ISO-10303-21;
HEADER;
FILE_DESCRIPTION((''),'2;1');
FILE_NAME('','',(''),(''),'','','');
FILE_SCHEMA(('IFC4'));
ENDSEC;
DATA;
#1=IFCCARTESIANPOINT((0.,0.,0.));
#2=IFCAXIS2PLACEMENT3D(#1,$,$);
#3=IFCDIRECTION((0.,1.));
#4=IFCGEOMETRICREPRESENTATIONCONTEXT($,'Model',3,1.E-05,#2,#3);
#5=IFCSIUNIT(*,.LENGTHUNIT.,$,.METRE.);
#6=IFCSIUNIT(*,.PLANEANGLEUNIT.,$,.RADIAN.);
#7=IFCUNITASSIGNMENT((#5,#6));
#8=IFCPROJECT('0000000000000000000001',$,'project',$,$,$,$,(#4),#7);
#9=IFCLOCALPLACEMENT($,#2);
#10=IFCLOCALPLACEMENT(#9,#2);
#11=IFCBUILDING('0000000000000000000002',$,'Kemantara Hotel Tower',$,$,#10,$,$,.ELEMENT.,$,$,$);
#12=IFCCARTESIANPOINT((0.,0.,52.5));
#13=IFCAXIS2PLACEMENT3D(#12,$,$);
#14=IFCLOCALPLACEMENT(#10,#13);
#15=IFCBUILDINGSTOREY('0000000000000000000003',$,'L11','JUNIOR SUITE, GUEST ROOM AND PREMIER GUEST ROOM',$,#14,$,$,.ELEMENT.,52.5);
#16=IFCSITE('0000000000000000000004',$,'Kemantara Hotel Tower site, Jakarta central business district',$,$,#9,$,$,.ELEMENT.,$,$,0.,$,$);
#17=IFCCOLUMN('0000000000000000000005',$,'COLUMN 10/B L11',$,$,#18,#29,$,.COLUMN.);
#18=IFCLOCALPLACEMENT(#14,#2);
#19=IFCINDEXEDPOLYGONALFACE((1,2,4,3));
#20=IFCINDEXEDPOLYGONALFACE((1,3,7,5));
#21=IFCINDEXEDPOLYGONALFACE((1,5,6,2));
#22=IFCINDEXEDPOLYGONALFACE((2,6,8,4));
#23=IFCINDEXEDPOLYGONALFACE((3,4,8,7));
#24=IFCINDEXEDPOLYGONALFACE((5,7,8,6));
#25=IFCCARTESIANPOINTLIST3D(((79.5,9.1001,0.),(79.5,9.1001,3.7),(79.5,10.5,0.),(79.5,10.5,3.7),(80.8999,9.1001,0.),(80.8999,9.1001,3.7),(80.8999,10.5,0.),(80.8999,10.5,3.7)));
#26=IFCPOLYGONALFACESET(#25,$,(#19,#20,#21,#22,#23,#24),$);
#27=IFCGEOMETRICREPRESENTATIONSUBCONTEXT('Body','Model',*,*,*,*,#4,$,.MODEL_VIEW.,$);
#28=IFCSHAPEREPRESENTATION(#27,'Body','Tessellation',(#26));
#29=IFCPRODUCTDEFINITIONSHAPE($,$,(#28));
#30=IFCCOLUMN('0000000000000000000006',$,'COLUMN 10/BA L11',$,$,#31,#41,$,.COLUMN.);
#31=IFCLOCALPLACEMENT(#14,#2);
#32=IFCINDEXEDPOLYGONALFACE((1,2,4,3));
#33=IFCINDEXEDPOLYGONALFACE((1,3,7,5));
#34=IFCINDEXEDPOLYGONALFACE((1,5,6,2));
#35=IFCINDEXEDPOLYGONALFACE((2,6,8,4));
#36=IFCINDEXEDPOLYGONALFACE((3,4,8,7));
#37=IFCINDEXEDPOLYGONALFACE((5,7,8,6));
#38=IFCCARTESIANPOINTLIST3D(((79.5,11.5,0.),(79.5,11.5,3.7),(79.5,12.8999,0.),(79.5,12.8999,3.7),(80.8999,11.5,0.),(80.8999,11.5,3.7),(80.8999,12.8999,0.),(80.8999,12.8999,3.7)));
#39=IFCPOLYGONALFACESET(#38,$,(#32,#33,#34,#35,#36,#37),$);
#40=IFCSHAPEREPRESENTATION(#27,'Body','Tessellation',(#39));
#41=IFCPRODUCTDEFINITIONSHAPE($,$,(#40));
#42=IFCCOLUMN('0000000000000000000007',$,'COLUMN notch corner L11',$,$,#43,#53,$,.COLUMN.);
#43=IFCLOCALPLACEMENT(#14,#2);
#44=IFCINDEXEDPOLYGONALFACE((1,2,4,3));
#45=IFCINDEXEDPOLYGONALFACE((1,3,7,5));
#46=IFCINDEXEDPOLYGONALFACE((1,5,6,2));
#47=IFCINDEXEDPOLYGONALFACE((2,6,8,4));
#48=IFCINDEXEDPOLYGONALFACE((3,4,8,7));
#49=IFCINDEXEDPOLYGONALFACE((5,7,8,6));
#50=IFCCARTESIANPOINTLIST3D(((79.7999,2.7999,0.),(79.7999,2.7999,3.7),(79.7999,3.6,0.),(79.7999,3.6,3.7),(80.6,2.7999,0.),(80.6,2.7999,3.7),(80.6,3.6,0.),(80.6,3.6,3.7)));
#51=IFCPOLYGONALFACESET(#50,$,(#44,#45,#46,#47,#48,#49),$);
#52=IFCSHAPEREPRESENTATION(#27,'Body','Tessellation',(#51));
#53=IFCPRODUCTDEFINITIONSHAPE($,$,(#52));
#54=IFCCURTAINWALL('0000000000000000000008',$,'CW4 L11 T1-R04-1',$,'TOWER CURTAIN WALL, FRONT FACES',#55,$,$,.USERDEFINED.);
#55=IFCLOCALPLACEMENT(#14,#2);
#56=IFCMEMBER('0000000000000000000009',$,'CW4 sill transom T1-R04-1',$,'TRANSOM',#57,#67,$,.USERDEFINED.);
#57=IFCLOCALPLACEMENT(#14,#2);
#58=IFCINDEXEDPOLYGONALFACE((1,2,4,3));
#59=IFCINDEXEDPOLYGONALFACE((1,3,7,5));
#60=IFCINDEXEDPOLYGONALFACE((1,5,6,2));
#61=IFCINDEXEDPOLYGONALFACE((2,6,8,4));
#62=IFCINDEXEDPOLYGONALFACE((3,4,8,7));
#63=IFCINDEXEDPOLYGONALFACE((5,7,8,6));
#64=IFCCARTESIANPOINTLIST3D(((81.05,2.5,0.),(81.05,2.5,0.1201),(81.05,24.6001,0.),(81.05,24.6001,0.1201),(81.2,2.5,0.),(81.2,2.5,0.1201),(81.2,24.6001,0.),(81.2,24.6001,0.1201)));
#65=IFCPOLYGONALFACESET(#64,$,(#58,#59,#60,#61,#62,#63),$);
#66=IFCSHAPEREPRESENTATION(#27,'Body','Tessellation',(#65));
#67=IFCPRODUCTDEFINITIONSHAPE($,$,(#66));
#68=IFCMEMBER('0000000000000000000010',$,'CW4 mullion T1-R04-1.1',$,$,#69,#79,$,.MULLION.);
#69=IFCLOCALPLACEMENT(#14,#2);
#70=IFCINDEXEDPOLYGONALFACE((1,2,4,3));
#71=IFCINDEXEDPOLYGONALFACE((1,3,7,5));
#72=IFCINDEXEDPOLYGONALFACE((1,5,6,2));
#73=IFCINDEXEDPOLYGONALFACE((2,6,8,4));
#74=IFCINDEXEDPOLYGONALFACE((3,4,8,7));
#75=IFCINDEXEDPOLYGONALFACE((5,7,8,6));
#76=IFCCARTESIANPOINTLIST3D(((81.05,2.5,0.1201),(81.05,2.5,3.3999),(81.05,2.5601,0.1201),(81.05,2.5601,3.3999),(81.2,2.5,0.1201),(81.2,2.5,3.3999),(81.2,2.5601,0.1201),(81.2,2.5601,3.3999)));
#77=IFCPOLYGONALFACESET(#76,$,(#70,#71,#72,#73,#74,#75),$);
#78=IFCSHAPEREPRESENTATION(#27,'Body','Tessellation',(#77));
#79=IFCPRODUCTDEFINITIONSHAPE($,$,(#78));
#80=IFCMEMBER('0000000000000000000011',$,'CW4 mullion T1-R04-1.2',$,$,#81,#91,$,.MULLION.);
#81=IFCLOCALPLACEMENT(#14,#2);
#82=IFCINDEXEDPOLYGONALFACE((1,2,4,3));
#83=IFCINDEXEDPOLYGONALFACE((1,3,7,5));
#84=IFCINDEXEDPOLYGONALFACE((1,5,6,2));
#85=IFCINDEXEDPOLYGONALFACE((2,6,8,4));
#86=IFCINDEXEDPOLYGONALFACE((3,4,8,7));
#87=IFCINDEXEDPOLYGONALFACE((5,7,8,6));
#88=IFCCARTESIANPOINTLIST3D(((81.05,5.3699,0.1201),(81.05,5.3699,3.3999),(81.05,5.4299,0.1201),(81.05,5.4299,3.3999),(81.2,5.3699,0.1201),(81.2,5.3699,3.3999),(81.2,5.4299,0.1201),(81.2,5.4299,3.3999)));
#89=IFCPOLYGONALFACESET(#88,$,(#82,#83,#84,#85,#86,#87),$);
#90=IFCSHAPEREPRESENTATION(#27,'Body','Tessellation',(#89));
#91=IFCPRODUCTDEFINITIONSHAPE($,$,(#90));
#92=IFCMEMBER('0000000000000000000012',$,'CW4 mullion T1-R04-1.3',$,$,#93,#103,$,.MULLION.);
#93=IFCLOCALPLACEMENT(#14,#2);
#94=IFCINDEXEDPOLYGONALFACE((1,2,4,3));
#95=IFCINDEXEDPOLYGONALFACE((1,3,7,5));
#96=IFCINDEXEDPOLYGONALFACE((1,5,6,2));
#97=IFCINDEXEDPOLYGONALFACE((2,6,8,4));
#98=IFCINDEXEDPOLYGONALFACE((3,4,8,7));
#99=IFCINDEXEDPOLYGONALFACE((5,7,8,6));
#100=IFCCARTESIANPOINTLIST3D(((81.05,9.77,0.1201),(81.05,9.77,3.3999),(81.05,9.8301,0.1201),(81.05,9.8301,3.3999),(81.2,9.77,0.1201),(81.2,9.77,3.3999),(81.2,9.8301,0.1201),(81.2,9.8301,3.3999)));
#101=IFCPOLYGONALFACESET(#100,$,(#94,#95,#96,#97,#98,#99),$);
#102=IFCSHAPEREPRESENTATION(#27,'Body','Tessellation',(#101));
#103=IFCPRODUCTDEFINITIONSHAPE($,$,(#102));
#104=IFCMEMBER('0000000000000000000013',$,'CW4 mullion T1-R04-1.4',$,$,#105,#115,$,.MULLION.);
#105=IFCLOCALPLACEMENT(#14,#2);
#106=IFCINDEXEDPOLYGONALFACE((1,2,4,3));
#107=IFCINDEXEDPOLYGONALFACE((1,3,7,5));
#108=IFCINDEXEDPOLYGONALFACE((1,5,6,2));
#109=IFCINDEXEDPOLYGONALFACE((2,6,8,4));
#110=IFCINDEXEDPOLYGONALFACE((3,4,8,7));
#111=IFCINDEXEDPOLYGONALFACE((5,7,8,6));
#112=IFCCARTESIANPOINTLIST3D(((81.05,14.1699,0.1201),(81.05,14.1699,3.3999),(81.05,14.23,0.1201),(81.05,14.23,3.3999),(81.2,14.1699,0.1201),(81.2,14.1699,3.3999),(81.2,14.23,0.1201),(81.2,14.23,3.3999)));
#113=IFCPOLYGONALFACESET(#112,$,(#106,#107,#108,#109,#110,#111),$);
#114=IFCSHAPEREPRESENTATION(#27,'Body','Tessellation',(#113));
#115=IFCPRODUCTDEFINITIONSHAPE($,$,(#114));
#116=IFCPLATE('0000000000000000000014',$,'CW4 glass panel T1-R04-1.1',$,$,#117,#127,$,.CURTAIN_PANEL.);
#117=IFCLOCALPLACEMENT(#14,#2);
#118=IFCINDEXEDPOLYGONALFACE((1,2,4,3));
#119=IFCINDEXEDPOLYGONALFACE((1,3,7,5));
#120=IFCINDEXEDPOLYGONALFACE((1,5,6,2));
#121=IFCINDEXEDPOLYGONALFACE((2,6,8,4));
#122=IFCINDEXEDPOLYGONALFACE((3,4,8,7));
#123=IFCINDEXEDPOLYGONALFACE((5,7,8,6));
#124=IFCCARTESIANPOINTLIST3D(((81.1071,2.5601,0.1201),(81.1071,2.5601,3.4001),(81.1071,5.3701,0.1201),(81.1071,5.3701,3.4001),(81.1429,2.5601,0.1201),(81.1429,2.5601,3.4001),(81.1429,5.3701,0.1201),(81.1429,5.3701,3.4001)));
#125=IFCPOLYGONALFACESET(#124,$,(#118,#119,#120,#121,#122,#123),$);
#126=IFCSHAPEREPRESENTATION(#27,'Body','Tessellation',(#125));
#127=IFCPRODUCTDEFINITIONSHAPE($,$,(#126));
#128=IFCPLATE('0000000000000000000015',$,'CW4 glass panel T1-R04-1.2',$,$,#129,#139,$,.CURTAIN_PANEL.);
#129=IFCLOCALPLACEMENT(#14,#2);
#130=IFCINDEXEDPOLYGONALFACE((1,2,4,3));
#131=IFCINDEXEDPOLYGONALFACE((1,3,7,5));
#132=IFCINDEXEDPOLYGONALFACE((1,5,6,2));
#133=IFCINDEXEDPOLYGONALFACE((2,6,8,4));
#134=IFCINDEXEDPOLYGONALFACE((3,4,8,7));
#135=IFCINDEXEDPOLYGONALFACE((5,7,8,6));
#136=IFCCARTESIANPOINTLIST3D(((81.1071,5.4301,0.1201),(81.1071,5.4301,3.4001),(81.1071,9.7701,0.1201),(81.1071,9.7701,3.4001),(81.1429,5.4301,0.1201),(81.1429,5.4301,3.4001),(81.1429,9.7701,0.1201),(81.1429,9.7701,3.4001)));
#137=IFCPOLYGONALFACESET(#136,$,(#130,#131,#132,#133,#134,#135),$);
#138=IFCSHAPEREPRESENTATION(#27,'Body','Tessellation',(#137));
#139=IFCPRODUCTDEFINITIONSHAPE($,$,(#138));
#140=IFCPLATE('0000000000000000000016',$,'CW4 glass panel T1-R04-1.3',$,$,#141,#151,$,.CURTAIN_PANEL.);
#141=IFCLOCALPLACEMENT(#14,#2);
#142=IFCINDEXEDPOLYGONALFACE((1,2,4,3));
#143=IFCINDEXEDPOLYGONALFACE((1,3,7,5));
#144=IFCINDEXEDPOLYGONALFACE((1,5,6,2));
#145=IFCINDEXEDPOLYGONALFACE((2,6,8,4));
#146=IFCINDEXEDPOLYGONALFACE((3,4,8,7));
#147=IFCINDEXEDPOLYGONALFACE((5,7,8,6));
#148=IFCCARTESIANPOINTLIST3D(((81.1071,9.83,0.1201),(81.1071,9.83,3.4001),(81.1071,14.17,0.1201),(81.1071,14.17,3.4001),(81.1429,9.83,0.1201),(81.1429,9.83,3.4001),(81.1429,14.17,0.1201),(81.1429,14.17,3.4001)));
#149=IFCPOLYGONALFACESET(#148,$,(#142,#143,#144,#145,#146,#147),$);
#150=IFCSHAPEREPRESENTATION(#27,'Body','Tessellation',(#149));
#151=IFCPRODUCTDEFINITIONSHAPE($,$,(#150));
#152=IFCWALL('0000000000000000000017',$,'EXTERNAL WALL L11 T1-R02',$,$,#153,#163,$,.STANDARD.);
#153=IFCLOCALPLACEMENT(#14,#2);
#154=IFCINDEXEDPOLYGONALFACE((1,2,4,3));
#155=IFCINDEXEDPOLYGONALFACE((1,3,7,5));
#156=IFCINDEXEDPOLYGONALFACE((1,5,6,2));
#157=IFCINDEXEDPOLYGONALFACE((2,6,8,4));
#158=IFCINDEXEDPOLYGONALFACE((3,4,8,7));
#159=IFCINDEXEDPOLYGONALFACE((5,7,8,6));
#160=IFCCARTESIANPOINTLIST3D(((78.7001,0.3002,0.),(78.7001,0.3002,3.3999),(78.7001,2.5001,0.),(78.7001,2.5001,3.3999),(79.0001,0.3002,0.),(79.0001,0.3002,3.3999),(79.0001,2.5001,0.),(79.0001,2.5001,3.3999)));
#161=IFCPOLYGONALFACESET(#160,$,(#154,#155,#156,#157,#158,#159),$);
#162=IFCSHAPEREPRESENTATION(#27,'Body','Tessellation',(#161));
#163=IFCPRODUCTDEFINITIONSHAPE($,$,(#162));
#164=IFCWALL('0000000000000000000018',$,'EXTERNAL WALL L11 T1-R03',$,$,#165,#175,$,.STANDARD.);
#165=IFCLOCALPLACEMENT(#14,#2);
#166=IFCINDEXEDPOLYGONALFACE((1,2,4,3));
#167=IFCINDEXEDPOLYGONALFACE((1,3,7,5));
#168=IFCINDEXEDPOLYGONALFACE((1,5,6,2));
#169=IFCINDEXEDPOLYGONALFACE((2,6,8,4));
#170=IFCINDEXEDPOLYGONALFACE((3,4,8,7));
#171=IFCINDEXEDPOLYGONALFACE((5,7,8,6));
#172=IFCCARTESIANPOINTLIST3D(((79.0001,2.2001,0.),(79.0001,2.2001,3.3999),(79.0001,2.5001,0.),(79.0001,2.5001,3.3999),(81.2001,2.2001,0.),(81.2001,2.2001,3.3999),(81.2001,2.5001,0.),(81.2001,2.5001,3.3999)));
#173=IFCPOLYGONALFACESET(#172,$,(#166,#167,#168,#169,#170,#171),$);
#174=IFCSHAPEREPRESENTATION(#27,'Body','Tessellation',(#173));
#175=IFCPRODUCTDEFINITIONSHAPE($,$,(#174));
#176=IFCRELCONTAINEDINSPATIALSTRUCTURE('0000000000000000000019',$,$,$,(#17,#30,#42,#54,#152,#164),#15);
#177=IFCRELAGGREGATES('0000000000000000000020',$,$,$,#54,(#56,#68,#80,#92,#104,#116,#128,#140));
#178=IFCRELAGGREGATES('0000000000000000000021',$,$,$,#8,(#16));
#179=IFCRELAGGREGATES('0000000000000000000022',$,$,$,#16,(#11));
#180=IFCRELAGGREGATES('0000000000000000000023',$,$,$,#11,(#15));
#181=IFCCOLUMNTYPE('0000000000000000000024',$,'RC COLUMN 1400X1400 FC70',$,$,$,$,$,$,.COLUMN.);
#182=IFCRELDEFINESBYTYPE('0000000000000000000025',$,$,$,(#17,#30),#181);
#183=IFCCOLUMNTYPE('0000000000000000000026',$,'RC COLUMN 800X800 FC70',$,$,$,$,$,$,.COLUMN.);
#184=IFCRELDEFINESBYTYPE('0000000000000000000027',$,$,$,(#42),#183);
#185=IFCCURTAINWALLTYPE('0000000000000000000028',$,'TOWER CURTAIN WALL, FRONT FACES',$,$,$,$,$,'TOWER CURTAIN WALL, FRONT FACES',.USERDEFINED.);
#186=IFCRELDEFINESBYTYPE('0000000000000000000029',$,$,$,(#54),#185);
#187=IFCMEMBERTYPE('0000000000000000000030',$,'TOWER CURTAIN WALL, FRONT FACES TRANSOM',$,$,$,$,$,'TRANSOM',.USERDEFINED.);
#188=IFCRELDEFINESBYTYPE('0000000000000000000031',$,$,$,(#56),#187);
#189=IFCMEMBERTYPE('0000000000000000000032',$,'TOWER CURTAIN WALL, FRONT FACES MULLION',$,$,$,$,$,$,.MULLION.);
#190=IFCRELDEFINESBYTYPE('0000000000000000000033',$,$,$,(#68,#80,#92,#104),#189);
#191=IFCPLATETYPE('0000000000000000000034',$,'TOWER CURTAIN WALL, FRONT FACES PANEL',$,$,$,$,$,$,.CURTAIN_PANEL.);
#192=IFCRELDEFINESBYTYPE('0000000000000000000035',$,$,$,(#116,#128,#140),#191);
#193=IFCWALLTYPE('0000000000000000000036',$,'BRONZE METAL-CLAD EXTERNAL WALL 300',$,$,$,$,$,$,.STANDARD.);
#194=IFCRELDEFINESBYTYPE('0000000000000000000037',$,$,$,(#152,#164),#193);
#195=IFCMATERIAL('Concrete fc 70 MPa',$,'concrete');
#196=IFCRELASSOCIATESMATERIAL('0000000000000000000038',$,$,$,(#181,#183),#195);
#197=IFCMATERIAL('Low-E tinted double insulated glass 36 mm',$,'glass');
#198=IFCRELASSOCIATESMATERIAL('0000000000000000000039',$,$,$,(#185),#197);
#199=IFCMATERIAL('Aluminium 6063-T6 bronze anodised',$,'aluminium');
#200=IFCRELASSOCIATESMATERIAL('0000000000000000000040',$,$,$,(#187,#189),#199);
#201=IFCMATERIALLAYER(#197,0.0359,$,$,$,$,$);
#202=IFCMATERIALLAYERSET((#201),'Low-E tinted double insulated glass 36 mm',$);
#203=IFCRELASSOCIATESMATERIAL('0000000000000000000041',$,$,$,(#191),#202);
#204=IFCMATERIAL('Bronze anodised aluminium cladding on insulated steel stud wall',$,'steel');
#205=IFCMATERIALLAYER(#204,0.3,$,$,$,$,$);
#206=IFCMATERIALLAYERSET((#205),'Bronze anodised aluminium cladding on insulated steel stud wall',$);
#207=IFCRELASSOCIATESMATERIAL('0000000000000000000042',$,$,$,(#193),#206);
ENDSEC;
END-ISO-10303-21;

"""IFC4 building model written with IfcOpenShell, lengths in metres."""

from ifc_helpers import new_model, si_unit, direction, frame, frame_2d, origin, origin_2d, place, context, subcontext, project, spatial, rectangle, extrude, source, transform, mapped, material, layer, layer_set, material_profile, profile_set, type_object, element, aggregate, save


model = new_model("IFC4")

# Units and contexts
model_context = context("Model", 3, precision=1e-05, world=origin(), true_north=direction((0.0, 1.0)))
body_context = subcontext(model_context, "Body", "Model", "MODEL_VIEW")
ifc_project = project(units=[si_unit("LENGTHUNIT", "METRE"), si_unit("PLANEANGLEUNIT", "RADIAN")], contexts=[model_context])

# Site, building, storey
site_placement = place(None, origin())
site = spatial("IfcSite", under=ifc_project, at=site_placement, Name="Kemantara Hotel Tower site, Jakarta central business district", CompositionType="ELEMENT", RefElevation=0.0)
building_placement = place(site_placement, origin())
building = spatial("IfcBuilding", under=site, at=building_placement, Name="Kemantara Hotel Tower", CompositionType="ELEMENT")
storey_placement = place(building_placement, frame((0.0, 0.0, 52.5)))
storey = spatial("IfcBuildingStorey", under=building, at=storey_placement, Name="L11", Description="JUNIOR SUITE, GUEST ROOM AND PREMIER GUEST ROOM", CompositionType="ELEMENT", Elevation=52.5)

# Columns
ifc_material_1 = material(Name="Concrete fc 70 MPa", Category="concrete")
ifc_material_profile_1 = material_profile(ifc_material_1, rectangle(XDim=1.3999, YDim=1.3999, at=origin_2d()), Name="RC 1400X1400")
ifc_profile_set_1 = profile_set([ifc_material_profile_1], Name="Concrete fc 70 MPa")
column_type_1 = type_object("IfcColumnType", Name="RC COLUMN 1400X1400 FC70", PredefinedType="COLUMN", material=ifc_profile_set_1)
for number, where, z_axis, x_axis, name in (
    (1, (80.2, 9.8, 0.0), (0.0, 0.0, 1.0), (1.0, 0.0, 0.0), "COLUMN 10/B L11"),
    (2, (80.2, 12.2, 0.0), (0.0, 0.0, 1.0), (1.0, 0.0, 0.0), "COLUMN 10/BA L11"),
):
    element("IfcColumn", number, at=place(storey_placement, frame(where, z_axis=z_axis, x_axis=x_axis)), inside=storey, type_object=column_type_1, Name=name, PredefinedType="COLUMN", context=body_context, shape_type="SweptSolid", body=[
        extrude(rectangle(XDim=1.3999, YDim=1.3999, at=origin_2d()), origin(), (0.0, 0.0, 1.0), 3.7),
    ])
ifc_material_profile_2 = material_profile(ifc_material_1, rectangle(XDim=0.8, YDim=0.8, at=origin_2d()), Name="RC 800X800")
ifc_profile_set_2 = profile_set([ifc_material_profile_2], Name="Concrete fc 70 MPa")
column_type_2 = type_object("IfcColumnType", Name="RC COLUMN 800X800 FC70", PredefinedType="COLUMN", material=ifc_profile_set_2)
column_placement = place(storey_placement, frame((80.2, 3.2, 0.0), z_axis=(0.0, 0.0, 1.0), x_axis=(1.0, 0.0, 0.0)))
element("IfcColumn", 3, at=column_placement, inside=storey, type_object=column_type_2, Name="COLUMN notch corner L11", PredefinedType="COLUMN", context=body_context, shape_type="SweptSolid", body=[
    extrude(rectangle(XDim=0.8, YDim=0.8, at=origin_2d()), origin(), (0.0, 0.0, 1.0), 3.7),
])

# Curtain wall, members, plates
ifc_material_2 = material(Name="Low-E tinted double insulated glass 36 mm", Category="glass")
curtain_wall_type = type_object("IfcCurtainWallType", Name="TOWER CURTAIN WALL, FRONT FACES", ElementType="TOWER CURTAIN WALL, FRONT FACES", PredefinedType="USERDEFINED", material=ifc_material_2)
curtain_wall_placement = place(storey_placement, origin())
curtain_wall = element("IfcCurtainWall", 4, at=curtain_wall_placement, inside=storey, type_object=curtain_wall_type, Name="CW4 L11 T1-R04-1", ObjectType="TOWER CURTAIN WALL, FRONT FACES", PredefinedType="USERDEFINED")
ifc_material_3 = material(Name="Aluminium 6063-T6 bronze anodised", Category="aluminium")
ifc_material_profile_3 = material_profile(ifc_material_3, rectangle(XDim=0.1499, YDim=0.1201, at=origin_2d()), Name="TOWER CURTAIN WALL, FRONT FACES TRANSOM")
ifc_profile_set_3 = profile_set([ifc_material_profile_3], Name="Aluminium 6063-T6 bronze anodised")
member_type_1 = type_object("IfcMemberType", Name="TOWER CURTAIN WALL, FRONT FACES TRANSOM", ElementType="TRANSOM", PredefinedType="USERDEFINED", material=ifc_profile_set_3)
member_1_placement = place(storey_placement, frame((81.125, 2.5, 0.0601), z_axis=(0.0, 1.0, 0.0), x_axis=(-1.0, 0.0, 0.0)))
member_1 = element("IfcMember", 5, at=member_1_placement, type_object=member_type_1, Name="CW4 sill transom T1-R04-1", ObjectType="TRANSOM", PredefinedType="USERDEFINED", context=body_context, shape_type="SweptSolid", body=[
    extrude(rectangle(XDim=0.1499, YDim=0.1201, at=origin_2d()), origin(), (0.0, 0.0, 1.0), 22.1001),
])
ifc_material_profile_4 = material_profile(ifc_material_3, rectangle(XDim=0.1499, YDim=0.0601, at=origin_2d()), Name="TOWER CURTAIN WALL, FRONT FACES MULLION")
ifc_profile_set_4 = profile_set([ifc_material_profile_4], Name="Aluminium 6063-T6 bronze anodised")
member_type_2 = type_object("IfcMemberType", Name="TOWER CURTAIN WALL, FRONT FACES MULLION", PredefinedType="MULLION", material=ifc_profile_set_4)
shared_shape_1 = source(origin(), body_context, "Body", "SweptSolid", [
    extrude(rectangle(XDim=0.1499, YDim=0.0601, at=origin_2d()), origin(), (0.0, 0.0, 1.0), 3.2798),
])
member_2_placement = place(storey_placement, frame((81.125, 2.53, 0.1201), z_axis=(0.0, 0.0, 1.0), x_axis=(-1.0, 0.0, 0.0)))
member_2 = element("IfcMember", 6, at=member_2_placement, type_object=member_type_2, Name="CW4 mullion T1-R04-1.1", PredefinedType="MULLION", context=body_context, shape_type="MappedRepresentation", body=[
    mapped(shared_shape_1, transform((0.0, 0.0, 0.0))),
])
member_3_placement = place(storey_placement, frame((81.125, 5.3999, 0.1201), z_axis=(0.0, 0.0, 1.0), x_axis=(-1.0, 0.0, 0.0)))
member_3 = element("IfcMember", 7, at=member_3_placement, type_object=member_type_2, Name="CW4 mullion T1-R04-1.2", PredefinedType="MULLION", context=body_context, shape_type="MappedRepresentation", body=[
    mapped(shared_shape_1, transform((0.0, 0.0, 0.0))),
])
member_4_placement = place(storey_placement, frame((81.125, 9.8, 0.1201), z_axis=(0.0, 0.0, 1.0), x_axis=(-1.0, 0.0, 0.0)))
member_4 = element("IfcMember", 8, at=member_4_placement, type_object=member_type_2, Name="CW4 mullion T1-R04-1.3", PredefinedType="MULLION", context=body_context, shape_type="MappedRepresentation", body=[
    mapped(shared_shape_1, transform((0.0, 0.0, 0.0))),
])
member_5_placement = place(storey_placement, frame((81.125, 14.2, 0.1201), z_axis=(0.0, 0.0, 1.0), x_axis=(-1.0, 0.0, 0.0)))
member_5 = element("IfcMember", 9, at=member_5_placement, type_object=member_type_2, Name="CW4 mullion T1-R04-1.4", PredefinedType="MULLION", context=body_context, shape_type="MappedRepresentation", body=[
    mapped(shared_shape_1, transform((0.0, 0.0, 0.0))),
])
ifc_layer_1 = layer(ifc_material_2, 0.0359)
ifc_layer_set_1 = layer_set([ifc_layer_1], Name="Low-E tinted double insulated glass 36 mm")
plate_type = type_object("IfcPlateType", Name="TOWER CURTAIN WALL, FRONT FACES PANEL", PredefinedType="CURTAIN_PANEL", material=ifc_layer_set_1)
shared_shape_2 = source(origin(), body_context, "Body", "SweptSolid", [
    extrude(rectangle(XDim=2.8101, YDim=0.0359, at=origin_2d()), origin(), (0.0, 0.0, 1.0), 3.28),
])
plate_1_placement = place(storey_placement, frame((81.125, 3.9651, 0.1201), z_axis=(0.0, 0.0, 1.0), x_axis=(0.0, 1.0, 0.0)))
plate_1 = element("IfcPlate", 10, at=plate_1_placement, type_object=plate_type, Name="CW4 glass panel T1-R04-1.1", PredefinedType="CURTAIN_PANEL", context=body_context, shape_type="MappedRepresentation", body=[
    mapped(shared_shape_2, transform((0.0, 0.0, 0.0))),
])
shared_shape_3 = source(origin(), body_context, "Body", "SweptSolid", [
    extrude(rectangle(XDim=4.3401, YDim=0.0359, at=origin_2d()), origin(), (0.0, 0.0, 1.0), 3.28),
])
plate_2_placement = place(storey_placement, frame((81.125, 7.6001, 0.1201), z_axis=(0.0, 0.0, 1.0), x_axis=(0.0, 1.0, 0.0)))
plate_2 = element("IfcPlate", 11, at=plate_2_placement, type_object=plate_type, Name="CW4 glass panel T1-R04-1.2", PredefinedType="CURTAIN_PANEL", context=body_context, shape_type="MappedRepresentation", body=[
    mapped(shared_shape_3, transform((0.0, 0.0, 0.0))),
])
plate_3_placement = place(storey_placement, frame((81.125, 12.0, 0.1201), z_axis=(0.0, 0.0, 1.0), x_axis=(0.0, 1.0, 0.0)))
plate_3 = element("IfcPlate", 12, at=plate_3_placement, type_object=plate_type, Name="CW4 glass panel T1-R04-1.3", PredefinedType="CURTAIN_PANEL", context=body_context, shape_type="MappedRepresentation", body=[
    mapped(shared_shape_3, transform((0.0, 0.0, 0.0))),
])
aggregate(curtain_wall, [member_1, member_2, member_3, member_4, member_5, plate_1, plate_2, plate_3])

# Walls
ifc_material_4 = material(Name="Bronze anodised aluminium cladding on insulated steel stud wall", Category="steel")
ifc_layer_2 = layer(ifc_material_4, 0.3)
ifc_layer_set_2 = layer_set([ifc_layer_2], Name="Bronze anodised aluminium cladding on insulated steel stud wall")
wall_type_1 = type_object("IfcWallType", Name="BRONZE METAL-CLAD EXTERNAL WALL 300", PredefinedType="STANDARD", material=ifc_layer_set_2)
for number, where, z_axis, x_axis, name in (
    (13, (78.8501, 0.3, 0.0), (0.0, 0.0, 1.0), (0.0, 1.0, 0.0), "EXTERNAL WALL L11 T1-R02"),
    (14, (79.0, 2.3501, 0.0), (0.0, 0.0, 1.0), (1.0, 0.0, 0.0), "EXTERNAL WALL L11 T1-R03"),
):
    element("IfcWall", number, at=place(storey_placement, frame(where, z_axis=z_axis, x_axis=x_axis)), inside=storey, type_object=wall_type_1, Name=name, PredefinedType="STANDARD", context=body_context, shape_type="SweptSolid", body=[
        extrude(rectangle(XDim=2.2, YDim=0.3, at=frame_2d((1.1001, 0.0))), origin(), (0.0, 0.0, 1.0), 3.3999),
    ])

save(model, "model.ifc")
